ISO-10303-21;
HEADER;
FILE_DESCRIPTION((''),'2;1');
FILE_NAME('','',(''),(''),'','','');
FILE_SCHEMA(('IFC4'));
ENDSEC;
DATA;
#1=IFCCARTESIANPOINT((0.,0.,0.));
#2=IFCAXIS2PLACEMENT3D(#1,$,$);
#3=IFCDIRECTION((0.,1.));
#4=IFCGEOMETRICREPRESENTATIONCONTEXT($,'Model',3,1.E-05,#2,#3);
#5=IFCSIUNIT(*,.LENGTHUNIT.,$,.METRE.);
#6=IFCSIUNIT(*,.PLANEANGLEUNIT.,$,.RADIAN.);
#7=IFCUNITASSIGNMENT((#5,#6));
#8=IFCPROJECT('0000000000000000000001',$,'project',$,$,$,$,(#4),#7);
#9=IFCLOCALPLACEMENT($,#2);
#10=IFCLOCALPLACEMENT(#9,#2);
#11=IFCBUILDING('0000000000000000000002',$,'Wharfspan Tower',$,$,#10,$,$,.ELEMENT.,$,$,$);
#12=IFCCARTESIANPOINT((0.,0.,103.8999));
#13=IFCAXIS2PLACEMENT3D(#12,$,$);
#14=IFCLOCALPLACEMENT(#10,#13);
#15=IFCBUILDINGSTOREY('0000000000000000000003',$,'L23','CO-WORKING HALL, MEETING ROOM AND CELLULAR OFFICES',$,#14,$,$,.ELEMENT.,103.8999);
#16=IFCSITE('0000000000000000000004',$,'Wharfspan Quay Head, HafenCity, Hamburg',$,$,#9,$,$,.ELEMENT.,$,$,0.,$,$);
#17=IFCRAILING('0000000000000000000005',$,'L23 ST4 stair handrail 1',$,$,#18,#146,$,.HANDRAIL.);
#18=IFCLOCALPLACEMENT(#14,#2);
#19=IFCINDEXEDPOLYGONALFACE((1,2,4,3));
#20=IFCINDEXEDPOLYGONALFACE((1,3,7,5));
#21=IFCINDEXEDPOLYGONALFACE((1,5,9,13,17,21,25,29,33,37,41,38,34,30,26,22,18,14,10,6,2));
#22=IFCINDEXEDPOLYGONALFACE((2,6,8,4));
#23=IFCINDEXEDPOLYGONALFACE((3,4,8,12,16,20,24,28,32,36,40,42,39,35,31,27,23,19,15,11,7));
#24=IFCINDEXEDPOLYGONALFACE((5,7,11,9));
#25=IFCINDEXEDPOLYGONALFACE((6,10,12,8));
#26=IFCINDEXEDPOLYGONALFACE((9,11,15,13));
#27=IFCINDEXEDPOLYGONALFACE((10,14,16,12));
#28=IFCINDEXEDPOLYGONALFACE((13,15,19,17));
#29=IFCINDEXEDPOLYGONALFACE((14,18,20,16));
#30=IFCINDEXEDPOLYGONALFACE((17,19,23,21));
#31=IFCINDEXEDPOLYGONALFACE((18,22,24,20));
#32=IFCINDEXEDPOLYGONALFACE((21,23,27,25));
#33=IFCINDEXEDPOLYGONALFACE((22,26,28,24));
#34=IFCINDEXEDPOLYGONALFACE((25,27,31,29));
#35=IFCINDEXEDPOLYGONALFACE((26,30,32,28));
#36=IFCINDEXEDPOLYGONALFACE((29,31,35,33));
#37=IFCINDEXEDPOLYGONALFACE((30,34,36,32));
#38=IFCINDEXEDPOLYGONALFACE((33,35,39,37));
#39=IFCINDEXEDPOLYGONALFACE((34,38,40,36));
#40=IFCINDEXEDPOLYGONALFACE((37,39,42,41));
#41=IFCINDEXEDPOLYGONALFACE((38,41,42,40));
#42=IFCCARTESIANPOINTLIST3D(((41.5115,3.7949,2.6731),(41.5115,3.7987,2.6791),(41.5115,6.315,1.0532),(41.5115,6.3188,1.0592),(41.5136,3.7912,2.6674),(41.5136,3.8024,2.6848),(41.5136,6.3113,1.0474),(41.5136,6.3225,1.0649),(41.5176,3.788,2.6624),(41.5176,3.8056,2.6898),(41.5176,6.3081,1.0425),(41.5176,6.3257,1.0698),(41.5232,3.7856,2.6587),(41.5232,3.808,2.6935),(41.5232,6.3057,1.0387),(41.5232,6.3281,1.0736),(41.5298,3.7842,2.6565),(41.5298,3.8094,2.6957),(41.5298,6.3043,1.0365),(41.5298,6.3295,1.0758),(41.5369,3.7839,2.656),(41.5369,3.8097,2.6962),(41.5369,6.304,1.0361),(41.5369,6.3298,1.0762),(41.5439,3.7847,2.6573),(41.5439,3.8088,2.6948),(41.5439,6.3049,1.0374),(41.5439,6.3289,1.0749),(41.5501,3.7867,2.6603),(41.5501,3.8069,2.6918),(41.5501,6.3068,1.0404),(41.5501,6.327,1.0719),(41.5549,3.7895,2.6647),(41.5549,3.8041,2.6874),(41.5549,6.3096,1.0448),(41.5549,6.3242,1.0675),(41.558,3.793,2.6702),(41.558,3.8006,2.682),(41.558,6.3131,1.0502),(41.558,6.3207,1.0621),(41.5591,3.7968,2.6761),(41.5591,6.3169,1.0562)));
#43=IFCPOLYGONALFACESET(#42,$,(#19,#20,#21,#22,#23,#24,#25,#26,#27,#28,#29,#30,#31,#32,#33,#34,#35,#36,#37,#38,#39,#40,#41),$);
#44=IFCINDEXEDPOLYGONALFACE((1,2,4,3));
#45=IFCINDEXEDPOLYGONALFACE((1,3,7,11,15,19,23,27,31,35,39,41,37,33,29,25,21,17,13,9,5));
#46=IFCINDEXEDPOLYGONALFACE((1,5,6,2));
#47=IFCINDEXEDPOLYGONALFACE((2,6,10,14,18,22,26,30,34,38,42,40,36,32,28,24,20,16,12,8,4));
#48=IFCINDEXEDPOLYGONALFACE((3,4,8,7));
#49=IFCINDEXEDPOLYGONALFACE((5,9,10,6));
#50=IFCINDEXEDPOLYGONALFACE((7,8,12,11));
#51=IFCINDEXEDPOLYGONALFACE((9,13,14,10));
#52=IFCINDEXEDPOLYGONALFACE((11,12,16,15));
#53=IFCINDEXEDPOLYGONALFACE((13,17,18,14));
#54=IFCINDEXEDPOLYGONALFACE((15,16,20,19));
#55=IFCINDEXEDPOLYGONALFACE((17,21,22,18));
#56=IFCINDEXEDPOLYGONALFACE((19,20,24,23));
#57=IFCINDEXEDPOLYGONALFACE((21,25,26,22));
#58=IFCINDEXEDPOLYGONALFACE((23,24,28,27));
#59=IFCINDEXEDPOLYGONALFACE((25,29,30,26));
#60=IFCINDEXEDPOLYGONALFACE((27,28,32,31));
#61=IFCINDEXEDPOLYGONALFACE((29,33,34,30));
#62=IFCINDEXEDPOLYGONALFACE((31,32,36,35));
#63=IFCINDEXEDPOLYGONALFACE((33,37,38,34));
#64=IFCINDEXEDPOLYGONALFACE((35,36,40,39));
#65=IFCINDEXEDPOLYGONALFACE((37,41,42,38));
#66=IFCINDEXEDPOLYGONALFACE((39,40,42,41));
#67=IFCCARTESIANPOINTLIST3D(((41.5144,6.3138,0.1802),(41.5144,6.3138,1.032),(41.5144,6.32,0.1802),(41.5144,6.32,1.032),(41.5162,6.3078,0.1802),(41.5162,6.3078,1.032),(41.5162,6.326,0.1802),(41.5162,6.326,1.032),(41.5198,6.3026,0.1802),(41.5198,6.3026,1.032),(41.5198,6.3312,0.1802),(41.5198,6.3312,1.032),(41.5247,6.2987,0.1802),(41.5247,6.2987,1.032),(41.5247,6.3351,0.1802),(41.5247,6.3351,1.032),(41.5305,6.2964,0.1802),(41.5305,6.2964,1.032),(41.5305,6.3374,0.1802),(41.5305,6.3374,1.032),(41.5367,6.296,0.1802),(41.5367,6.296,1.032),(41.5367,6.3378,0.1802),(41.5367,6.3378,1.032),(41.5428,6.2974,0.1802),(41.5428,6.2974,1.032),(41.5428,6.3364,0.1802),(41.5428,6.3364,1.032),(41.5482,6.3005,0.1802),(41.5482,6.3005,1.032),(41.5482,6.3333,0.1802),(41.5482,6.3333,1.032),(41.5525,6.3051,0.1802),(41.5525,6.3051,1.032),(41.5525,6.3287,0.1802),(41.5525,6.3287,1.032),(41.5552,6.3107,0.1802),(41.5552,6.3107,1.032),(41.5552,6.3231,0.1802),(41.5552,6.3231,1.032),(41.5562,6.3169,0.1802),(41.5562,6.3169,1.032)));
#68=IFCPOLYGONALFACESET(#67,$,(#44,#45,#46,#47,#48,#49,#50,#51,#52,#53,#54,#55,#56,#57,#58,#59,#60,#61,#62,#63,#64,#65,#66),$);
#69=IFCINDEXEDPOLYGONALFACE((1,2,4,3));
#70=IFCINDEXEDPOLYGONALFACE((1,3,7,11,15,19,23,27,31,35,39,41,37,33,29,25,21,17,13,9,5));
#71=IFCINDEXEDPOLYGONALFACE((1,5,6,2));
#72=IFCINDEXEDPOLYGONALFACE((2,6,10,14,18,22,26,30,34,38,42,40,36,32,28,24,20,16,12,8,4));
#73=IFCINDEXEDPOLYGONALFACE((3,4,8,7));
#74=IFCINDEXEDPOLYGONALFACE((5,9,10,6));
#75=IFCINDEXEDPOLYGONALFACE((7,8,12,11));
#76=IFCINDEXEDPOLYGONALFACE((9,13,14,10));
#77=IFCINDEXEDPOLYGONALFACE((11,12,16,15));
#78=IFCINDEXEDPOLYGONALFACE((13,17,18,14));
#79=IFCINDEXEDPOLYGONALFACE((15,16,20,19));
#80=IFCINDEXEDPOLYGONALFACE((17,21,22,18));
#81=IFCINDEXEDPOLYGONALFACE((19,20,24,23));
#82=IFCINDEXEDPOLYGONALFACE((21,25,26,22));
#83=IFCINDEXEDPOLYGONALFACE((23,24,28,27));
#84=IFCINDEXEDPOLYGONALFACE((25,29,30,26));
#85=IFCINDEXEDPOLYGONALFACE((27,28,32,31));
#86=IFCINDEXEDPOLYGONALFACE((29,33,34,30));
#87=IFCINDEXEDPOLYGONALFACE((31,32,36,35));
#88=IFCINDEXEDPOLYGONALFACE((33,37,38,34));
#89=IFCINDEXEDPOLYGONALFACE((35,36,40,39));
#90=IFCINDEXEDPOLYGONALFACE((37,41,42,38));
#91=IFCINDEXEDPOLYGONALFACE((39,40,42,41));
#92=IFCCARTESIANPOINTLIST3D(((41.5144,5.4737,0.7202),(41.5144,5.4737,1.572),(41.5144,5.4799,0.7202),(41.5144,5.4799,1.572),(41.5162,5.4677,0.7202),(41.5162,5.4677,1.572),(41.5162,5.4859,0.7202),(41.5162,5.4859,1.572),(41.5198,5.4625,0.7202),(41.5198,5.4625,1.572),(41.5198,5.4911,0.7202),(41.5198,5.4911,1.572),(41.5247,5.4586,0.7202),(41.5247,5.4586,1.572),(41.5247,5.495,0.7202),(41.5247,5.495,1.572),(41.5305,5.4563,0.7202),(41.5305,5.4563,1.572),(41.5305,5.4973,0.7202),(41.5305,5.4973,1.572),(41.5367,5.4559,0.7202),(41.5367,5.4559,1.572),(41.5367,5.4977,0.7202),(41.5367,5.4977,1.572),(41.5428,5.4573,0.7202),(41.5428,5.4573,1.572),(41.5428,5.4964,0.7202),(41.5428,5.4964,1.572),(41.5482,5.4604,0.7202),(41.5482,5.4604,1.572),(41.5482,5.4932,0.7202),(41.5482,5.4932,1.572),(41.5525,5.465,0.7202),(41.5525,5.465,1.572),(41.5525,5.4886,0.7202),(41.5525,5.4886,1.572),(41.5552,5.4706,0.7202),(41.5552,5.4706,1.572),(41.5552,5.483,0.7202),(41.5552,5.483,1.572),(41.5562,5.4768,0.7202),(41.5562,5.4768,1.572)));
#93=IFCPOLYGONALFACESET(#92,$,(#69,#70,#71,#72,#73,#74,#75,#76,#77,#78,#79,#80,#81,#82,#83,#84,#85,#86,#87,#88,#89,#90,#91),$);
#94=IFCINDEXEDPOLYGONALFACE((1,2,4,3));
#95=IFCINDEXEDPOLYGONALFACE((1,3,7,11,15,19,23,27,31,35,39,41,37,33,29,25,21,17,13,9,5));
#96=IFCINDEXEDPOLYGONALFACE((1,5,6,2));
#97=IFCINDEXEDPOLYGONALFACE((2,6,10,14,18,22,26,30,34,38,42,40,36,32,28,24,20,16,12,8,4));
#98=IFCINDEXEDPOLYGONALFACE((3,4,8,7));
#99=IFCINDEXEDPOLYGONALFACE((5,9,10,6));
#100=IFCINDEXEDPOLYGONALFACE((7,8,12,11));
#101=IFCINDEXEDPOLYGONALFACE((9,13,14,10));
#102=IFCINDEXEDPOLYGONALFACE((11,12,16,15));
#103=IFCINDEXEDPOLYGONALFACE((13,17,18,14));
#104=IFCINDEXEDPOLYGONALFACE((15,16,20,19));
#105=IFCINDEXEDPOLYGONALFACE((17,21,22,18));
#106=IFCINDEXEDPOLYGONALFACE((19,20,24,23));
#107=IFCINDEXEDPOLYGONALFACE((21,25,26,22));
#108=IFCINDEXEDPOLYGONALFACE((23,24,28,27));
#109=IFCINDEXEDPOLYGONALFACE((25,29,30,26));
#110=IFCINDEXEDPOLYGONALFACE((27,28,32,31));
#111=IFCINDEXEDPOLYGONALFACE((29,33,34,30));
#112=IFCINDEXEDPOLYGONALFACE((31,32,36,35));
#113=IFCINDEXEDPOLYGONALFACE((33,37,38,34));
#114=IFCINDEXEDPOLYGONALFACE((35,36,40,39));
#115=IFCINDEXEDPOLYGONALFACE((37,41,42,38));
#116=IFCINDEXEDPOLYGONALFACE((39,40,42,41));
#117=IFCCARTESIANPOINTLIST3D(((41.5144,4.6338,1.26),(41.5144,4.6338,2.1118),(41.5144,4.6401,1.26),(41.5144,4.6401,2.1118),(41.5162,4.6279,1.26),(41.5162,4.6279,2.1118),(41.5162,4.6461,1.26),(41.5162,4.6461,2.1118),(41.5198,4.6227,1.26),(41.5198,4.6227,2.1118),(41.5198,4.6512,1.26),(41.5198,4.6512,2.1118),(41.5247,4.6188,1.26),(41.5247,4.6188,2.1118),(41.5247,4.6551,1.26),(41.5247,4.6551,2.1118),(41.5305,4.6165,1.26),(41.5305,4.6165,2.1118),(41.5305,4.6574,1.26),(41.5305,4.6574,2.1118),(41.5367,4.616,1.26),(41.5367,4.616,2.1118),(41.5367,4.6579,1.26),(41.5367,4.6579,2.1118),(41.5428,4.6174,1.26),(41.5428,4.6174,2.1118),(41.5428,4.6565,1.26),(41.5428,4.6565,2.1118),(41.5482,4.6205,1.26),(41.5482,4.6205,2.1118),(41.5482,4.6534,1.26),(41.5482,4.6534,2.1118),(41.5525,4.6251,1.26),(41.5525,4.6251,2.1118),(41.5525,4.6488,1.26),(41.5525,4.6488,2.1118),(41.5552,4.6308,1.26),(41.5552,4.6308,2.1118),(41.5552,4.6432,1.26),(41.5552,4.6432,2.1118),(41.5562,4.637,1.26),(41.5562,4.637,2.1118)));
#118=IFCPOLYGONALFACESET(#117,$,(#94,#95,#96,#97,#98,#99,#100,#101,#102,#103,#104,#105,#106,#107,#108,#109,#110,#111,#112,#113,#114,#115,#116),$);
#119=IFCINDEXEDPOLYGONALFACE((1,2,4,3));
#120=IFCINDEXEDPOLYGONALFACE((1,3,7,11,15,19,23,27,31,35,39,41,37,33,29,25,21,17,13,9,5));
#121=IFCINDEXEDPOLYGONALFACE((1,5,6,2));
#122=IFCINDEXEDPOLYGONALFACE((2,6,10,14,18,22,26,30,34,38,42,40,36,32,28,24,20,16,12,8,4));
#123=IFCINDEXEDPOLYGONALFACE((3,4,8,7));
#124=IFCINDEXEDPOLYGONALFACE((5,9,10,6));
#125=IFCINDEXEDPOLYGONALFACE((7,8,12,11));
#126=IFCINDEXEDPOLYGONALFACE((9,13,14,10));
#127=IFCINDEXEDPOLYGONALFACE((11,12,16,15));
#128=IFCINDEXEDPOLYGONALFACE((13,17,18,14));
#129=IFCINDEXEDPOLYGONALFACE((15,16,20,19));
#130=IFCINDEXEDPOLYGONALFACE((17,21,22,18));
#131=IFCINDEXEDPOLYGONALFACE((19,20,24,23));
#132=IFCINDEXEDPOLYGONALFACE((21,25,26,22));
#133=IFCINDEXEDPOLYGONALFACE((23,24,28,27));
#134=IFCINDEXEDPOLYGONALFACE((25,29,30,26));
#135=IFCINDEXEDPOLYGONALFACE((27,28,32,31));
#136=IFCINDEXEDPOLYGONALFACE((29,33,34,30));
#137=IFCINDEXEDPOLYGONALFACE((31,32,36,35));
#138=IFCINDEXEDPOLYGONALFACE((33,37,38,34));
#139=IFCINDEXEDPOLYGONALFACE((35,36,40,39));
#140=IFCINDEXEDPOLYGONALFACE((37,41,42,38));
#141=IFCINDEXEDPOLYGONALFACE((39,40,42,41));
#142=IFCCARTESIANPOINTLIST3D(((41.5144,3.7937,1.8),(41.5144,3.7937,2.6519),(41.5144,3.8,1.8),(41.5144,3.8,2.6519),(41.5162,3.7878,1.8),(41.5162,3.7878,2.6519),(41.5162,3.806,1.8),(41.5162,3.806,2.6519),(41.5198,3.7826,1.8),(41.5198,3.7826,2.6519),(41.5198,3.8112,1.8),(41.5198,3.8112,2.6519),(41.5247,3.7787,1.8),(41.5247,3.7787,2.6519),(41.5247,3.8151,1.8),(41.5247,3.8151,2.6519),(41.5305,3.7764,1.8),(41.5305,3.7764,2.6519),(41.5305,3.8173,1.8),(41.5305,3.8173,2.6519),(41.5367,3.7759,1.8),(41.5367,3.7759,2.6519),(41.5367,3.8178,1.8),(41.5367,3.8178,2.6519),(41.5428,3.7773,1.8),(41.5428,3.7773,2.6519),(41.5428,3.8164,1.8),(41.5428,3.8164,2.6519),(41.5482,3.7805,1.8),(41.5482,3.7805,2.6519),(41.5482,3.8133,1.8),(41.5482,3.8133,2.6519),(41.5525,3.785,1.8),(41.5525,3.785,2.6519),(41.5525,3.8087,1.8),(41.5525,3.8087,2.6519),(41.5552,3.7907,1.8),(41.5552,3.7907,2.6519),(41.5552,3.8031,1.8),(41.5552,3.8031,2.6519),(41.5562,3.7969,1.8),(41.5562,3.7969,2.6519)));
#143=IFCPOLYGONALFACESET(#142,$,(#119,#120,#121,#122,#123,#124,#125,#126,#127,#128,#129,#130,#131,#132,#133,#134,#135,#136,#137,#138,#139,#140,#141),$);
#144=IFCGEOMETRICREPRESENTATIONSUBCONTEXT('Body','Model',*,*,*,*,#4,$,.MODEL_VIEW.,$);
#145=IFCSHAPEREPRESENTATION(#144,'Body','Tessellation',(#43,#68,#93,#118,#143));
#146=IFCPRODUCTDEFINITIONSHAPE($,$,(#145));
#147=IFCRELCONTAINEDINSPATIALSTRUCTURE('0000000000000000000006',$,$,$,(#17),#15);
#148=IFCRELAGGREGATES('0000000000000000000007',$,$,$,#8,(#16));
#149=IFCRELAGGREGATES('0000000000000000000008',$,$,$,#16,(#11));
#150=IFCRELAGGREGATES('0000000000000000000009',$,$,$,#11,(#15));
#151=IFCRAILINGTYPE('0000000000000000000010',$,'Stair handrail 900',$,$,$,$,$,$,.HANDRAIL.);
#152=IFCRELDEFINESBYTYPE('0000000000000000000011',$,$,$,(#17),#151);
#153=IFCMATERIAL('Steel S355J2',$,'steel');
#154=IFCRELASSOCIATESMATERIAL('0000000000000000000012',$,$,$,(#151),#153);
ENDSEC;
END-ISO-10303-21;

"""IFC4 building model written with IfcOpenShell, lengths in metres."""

from ifc_helpers import new_model, si_unit, direction, frame, origin, origin_2d, place, context, subcontext, project, spatial, circle, extrude, material, type_object, element, save


model = new_model("IFC4")

# Units and contexts
model_context = context("Model", 3, precision=1e-05, world=origin(), true_north=direction((0.0, 1.0)))
body_context = subcontext(model_context, "Body", "Model", "MODEL_VIEW")
ifc_project = project(units=[si_unit("LENGTHUNIT", "METRE"), si_unit("PLANEANGLEUNIT", "RADIAN")], contexts=[model_context])

# Site, building, storey
site_placement = place(None, origin())
site = spatial("IfcSite", under=ifc_project, at=site_placement, Name="Wharfspan Quay Head, HafenCity, Hamburg", CompositionType="ELEMENT", RefElevation=0.0)
building_placement = place(site_placement, origin())
building = spatial("IfcBuilding", under=site, at=building_placement, Name="Wharfspan Tower", CompositionType="ELEMENT")
storey_placement = place(building_placement, frame((0.0, 0.0, 103.8999)))
storey = spatial("IfcBuildingStorey", under=building, at=storey_placement, Name="L23", Description="CO-WORKING HALL, MEETING ROOM AND CELLULAR OFFICES", CompositionType="ELEMENT", Elevation=103.8999)

# Railing
ifc_material_1 = material(Name="Steel S355J2", Category="steel")
railing_type_1 = type_object("IfcRailingType", Name="Stair handrail 900", PredefinedType="HANDRAIL", material=ifc_material_1)
railing_1_placement = place(storey_placement, frame((41.5352, 6.3169, 0.1802)))
element("IfcRailing", 1, at=railing_1_placement, inside=storey, type_object=railing_type_1, Name="L23 ST4 stair handrail 1", PredefinedType="HANDRAIL", context=body_context, shape_type="SweptSolid", body=[
    extrude(circle(Radius=0.0239, at=origin_2d()), frame((0.0, 0.0, 0.876), z_axis=(0.0, -0.8412, 0.540725), x_axis=(1.0, 0.0, 0.0)), (0.0, 0.0, 1.0), 2.9958),
    extrude(circle(Radius=0.021, at=origin_2d()), origin(), (0.0, 0.0, 1.0), 0.8518),
    extrude(circle(Radius=0.021, at=origin_2d()), frame((0.0, -0.8401, 0.54)), (0.0, 0.0, 1.0), 0.8518),
    extrude(circle(Radius=0.021, at=origin_2d()), frame((0.0, -1.6799, 1.0798)), (0.0, 0.0, 1.0), 0.8518),
    extrude(circle(Radius=0.021, at=origin_2d()), frame((0.0, -2.52, 1.6199)), (0.0, 0.0, 1.0), 0.8518),
])

save(model, "model.ifc")
